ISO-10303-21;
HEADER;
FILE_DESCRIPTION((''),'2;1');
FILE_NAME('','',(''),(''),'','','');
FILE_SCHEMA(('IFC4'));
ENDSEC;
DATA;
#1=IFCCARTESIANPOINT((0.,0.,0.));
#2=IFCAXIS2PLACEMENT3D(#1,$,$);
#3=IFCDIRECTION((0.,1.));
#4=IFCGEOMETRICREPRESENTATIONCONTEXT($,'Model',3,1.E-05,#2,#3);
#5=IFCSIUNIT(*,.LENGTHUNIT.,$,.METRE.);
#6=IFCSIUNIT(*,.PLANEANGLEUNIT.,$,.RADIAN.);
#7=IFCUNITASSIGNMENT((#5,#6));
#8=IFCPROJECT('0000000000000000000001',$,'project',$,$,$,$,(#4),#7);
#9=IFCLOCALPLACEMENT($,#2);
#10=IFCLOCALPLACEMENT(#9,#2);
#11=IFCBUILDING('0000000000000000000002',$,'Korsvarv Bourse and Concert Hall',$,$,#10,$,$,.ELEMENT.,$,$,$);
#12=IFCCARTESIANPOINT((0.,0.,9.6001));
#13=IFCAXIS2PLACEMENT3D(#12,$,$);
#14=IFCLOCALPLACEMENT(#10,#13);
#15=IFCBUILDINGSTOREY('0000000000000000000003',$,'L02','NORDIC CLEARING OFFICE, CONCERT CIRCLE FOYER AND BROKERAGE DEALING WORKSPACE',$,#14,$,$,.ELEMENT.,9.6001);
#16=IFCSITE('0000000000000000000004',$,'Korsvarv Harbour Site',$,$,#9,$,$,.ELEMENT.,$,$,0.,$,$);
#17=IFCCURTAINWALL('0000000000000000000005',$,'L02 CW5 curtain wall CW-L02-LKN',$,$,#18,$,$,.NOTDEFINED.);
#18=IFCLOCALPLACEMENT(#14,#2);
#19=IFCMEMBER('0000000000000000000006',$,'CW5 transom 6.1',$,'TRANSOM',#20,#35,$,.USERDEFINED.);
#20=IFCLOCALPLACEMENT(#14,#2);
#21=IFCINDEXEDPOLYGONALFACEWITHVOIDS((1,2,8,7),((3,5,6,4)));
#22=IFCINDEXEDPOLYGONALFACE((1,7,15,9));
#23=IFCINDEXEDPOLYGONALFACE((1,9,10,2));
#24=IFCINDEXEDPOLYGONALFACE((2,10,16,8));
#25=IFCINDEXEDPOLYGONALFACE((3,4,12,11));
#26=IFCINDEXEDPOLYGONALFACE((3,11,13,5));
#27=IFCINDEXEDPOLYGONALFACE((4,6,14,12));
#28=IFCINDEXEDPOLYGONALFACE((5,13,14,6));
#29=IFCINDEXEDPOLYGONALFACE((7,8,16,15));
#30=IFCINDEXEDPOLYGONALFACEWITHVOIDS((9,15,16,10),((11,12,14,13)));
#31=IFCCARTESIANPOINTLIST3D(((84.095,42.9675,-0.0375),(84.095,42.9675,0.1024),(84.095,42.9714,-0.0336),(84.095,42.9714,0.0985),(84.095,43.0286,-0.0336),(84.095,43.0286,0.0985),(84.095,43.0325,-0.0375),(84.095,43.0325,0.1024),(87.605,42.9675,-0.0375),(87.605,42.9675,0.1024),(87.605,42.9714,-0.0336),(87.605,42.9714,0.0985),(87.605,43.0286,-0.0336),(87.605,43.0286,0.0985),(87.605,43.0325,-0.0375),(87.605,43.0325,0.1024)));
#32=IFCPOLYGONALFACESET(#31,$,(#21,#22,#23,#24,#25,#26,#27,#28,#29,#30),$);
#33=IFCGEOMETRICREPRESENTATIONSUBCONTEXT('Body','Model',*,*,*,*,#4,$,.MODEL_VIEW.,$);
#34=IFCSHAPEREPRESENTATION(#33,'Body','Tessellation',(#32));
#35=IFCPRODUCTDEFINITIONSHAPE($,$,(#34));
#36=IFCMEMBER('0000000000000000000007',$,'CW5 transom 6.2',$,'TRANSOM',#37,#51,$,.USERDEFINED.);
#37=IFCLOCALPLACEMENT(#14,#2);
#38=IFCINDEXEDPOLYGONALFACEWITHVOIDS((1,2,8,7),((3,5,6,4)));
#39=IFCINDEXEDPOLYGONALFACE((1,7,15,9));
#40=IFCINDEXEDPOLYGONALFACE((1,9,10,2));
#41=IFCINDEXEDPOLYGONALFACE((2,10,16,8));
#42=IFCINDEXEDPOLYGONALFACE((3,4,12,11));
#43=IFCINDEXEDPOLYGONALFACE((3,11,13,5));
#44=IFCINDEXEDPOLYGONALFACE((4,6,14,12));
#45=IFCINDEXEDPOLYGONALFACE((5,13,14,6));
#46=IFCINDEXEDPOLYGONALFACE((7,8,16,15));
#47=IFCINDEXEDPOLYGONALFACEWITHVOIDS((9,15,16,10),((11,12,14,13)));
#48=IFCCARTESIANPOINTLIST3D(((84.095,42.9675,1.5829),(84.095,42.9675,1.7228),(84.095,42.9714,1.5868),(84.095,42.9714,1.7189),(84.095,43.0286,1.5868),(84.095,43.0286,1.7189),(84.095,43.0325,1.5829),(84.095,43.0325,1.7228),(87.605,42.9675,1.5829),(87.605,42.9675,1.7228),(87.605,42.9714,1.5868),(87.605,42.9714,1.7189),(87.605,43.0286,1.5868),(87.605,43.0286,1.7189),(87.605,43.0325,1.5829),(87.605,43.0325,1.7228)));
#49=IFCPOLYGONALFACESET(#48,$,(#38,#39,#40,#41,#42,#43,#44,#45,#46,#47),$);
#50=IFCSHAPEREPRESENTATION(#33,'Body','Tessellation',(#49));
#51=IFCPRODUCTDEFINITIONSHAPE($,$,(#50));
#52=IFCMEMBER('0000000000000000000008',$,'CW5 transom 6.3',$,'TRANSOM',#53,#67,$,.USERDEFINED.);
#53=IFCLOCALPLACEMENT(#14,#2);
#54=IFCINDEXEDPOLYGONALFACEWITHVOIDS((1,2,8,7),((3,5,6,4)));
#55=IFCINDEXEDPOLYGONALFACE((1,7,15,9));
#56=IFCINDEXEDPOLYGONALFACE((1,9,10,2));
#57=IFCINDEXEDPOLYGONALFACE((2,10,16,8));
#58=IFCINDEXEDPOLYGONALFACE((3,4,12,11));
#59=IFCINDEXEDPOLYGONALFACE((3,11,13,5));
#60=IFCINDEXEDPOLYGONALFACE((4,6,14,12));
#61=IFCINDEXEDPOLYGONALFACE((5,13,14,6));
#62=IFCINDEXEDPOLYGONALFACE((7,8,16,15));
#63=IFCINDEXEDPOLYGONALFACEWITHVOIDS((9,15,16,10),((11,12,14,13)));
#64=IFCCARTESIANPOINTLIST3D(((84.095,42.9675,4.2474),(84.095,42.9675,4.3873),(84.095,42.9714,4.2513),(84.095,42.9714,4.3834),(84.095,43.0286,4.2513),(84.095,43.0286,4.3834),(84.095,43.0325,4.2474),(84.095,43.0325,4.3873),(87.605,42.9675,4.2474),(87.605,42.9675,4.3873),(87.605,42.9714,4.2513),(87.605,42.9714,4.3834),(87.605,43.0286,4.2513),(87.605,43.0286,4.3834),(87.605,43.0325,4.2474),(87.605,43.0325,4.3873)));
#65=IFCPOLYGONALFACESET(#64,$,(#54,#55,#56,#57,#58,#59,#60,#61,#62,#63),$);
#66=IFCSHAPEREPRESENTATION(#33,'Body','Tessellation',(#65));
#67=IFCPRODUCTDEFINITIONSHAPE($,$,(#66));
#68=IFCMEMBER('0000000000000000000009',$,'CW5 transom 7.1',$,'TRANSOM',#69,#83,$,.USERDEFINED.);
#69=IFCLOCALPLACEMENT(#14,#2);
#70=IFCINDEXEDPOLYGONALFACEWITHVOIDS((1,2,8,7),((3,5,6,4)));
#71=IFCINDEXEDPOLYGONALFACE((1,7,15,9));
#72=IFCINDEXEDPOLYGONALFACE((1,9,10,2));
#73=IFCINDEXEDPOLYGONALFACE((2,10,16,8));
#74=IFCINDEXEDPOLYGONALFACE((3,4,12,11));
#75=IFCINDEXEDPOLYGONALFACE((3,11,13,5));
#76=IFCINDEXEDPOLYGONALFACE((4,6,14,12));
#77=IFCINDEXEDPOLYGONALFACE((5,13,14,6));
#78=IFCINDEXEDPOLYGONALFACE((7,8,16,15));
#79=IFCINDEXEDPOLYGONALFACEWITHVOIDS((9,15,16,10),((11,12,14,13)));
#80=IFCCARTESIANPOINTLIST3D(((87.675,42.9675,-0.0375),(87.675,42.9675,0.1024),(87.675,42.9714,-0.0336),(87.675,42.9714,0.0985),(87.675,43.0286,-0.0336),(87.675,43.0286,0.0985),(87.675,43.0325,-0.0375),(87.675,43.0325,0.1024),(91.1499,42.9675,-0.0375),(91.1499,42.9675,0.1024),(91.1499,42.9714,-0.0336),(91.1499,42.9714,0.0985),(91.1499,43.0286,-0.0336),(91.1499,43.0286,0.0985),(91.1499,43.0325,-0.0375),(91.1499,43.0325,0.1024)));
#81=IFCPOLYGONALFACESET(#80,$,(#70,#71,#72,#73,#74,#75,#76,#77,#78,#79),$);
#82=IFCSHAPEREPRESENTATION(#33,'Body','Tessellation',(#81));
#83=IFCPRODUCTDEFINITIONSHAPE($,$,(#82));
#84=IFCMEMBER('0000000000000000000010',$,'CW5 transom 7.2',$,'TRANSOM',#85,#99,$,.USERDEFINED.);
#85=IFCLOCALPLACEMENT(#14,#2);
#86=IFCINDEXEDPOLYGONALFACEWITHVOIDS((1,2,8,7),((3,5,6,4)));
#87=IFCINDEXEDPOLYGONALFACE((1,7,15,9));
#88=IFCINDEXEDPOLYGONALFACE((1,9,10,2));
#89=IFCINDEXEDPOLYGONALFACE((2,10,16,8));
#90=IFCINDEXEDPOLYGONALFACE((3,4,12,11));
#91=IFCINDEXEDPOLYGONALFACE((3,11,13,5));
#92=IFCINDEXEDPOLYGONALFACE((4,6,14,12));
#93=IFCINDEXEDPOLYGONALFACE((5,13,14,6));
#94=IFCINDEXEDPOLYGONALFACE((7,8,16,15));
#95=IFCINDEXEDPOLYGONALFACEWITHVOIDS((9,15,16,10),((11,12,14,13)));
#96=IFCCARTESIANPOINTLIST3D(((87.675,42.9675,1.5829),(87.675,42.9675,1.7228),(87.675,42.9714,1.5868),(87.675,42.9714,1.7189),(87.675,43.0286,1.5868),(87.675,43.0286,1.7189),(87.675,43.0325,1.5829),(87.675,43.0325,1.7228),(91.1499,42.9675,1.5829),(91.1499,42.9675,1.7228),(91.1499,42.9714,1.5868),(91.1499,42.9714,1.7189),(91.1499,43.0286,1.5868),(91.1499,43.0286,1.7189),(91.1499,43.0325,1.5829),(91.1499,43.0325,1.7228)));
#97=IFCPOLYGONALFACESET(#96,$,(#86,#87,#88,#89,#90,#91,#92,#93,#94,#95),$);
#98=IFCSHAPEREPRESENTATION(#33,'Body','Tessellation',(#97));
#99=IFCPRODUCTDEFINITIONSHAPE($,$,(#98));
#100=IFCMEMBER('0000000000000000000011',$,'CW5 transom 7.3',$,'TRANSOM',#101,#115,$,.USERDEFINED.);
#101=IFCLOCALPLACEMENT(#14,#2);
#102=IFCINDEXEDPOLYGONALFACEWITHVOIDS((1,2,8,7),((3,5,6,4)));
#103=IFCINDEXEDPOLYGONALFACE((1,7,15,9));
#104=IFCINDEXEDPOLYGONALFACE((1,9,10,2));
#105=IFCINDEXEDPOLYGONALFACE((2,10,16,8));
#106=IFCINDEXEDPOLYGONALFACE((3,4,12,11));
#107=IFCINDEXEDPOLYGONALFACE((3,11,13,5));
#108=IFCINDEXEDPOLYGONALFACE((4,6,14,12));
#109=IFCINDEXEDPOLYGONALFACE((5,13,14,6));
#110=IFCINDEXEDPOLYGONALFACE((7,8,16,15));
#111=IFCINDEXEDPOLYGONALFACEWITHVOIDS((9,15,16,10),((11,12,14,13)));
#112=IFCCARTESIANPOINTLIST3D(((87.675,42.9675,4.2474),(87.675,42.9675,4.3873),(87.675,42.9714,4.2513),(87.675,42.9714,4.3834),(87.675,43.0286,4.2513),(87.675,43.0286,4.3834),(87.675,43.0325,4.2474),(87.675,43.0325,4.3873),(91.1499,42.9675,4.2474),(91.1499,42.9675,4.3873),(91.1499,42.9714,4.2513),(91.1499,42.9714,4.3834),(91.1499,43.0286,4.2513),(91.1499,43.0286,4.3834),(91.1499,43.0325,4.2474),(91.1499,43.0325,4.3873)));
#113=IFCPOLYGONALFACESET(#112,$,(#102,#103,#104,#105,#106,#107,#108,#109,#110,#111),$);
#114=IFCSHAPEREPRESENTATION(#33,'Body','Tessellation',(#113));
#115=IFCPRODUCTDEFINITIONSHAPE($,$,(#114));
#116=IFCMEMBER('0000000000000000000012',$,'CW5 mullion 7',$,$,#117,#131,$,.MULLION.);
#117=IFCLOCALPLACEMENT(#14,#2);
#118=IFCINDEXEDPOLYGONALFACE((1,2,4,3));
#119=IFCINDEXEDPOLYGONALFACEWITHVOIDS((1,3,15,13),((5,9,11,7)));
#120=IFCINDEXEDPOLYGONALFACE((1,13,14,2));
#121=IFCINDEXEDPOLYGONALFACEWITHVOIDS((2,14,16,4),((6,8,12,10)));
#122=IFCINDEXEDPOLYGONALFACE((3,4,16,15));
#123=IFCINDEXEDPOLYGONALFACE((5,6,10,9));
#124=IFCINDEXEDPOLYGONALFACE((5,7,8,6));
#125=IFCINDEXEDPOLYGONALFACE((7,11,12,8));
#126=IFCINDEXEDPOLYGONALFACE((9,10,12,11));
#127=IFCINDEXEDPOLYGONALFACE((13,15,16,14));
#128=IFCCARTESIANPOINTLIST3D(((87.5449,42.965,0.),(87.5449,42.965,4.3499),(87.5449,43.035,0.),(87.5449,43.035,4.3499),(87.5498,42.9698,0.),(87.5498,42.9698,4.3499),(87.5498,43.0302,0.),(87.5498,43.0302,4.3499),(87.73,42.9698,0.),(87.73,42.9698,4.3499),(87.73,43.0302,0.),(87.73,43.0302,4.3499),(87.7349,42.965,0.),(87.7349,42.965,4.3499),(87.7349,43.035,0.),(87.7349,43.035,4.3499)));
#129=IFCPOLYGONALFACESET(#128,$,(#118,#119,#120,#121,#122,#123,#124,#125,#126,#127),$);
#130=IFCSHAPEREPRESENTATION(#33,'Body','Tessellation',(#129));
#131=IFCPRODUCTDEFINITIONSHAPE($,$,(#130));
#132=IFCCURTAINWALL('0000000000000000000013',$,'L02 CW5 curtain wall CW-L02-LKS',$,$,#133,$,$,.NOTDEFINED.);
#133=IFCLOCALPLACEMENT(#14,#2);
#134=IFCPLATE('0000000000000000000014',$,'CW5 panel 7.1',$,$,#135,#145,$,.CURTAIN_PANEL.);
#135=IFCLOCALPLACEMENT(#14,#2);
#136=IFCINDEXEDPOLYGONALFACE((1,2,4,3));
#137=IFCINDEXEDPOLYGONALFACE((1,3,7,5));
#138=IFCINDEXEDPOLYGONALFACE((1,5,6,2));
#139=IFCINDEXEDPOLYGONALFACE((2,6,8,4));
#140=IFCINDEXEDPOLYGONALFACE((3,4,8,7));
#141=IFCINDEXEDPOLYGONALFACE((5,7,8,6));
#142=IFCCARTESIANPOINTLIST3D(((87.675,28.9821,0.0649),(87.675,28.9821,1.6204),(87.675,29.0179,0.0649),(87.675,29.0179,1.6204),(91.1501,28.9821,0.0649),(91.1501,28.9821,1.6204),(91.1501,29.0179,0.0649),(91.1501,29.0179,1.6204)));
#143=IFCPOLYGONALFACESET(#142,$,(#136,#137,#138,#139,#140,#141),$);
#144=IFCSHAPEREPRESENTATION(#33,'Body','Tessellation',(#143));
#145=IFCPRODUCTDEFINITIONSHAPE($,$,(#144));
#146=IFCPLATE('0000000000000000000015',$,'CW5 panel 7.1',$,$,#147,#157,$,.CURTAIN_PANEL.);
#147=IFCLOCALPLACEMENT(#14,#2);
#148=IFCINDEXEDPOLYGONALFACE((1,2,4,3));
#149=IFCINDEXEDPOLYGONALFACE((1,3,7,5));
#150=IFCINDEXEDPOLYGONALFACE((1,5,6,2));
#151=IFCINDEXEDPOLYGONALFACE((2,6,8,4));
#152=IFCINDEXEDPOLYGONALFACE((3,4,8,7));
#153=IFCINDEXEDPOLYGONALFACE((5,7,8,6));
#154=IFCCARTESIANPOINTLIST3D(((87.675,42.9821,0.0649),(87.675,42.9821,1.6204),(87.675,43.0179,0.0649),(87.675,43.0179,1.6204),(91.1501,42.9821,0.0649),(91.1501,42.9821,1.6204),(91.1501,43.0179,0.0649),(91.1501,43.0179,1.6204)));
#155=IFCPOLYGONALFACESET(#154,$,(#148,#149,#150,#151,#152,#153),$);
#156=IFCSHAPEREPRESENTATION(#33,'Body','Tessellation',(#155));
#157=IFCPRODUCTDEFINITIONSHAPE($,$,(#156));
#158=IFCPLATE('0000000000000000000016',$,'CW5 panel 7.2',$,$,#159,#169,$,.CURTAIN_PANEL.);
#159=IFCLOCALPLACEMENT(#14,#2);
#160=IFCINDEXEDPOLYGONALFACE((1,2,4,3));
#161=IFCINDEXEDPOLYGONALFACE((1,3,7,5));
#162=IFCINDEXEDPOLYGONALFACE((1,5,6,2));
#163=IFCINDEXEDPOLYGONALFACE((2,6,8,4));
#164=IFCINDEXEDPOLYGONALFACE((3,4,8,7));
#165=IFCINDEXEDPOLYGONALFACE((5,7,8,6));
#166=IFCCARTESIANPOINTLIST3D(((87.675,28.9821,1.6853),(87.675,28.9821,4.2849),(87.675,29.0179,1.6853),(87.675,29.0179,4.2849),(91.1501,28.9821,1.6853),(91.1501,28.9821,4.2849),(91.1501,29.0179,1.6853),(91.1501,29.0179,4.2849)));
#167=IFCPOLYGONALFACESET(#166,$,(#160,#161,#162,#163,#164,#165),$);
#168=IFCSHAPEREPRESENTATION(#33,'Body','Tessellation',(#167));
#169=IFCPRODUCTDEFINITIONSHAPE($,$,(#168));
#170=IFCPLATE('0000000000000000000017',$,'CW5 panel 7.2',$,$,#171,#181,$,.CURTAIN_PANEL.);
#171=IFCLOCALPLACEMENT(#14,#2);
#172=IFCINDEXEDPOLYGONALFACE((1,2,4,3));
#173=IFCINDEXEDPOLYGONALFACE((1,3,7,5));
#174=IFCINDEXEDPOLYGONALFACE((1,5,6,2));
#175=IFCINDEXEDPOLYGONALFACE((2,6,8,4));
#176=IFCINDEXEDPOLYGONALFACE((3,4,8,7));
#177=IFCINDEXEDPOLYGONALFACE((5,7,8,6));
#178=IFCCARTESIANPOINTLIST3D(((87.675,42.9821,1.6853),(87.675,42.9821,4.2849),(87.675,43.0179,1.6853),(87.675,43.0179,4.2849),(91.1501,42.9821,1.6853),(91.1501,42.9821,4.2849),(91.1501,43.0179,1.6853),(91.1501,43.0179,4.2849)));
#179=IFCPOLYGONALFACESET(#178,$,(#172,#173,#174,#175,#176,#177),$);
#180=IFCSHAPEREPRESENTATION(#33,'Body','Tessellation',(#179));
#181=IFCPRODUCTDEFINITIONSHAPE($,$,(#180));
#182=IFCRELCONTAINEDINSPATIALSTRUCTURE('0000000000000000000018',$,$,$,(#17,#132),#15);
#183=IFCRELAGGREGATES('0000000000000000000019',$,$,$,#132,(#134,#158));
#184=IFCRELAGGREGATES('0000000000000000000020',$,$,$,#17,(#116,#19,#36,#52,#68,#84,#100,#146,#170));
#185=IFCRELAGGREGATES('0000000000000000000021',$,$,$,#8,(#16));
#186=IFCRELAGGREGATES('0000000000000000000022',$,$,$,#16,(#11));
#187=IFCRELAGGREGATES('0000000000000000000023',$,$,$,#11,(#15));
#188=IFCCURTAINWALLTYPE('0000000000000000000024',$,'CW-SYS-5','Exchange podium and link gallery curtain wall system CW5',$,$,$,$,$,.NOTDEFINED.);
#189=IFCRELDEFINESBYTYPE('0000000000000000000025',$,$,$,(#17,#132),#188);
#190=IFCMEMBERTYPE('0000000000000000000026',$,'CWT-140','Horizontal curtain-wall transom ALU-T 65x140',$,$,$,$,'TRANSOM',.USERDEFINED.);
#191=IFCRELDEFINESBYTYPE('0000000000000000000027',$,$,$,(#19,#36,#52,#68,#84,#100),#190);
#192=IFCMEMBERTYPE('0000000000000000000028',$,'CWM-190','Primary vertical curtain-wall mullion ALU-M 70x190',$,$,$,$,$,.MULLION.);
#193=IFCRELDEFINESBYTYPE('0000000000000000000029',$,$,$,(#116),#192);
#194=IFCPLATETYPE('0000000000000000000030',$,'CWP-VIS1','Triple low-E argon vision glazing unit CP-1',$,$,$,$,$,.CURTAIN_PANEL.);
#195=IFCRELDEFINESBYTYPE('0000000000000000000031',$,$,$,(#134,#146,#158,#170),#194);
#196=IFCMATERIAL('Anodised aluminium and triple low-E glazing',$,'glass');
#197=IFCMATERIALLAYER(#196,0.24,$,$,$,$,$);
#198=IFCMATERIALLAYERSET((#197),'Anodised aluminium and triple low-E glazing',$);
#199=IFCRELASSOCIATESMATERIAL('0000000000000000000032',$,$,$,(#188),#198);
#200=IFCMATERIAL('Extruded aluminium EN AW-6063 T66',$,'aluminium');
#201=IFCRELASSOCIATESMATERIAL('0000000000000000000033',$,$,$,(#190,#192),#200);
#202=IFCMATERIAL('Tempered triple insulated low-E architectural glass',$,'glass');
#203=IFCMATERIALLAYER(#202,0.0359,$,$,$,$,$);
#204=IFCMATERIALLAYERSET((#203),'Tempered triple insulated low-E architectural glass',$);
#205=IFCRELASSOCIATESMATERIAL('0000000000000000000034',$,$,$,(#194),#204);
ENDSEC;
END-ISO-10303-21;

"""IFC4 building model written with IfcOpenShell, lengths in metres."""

from ifc_helpers import new_model, si_unit, direction, frame, origin, origin_2d, place, context, subcontext, project, spatial, rectangle, hollow_rectangle, extrude, source, transform, mapped, material, layer, layer_set, material_profile, profile_set, type_object, element, aggregate, save


model = new_model("IFC4")

# Units and contexts
model_context = context("Model", 3, precision=1e-05, world=origin(), true_north=direction((0.0, 1.0)))
body_context = subcontext(model_context, "Body", "Model", "MODEL_VIEW")
ifc_project = project(units=[si_unit("LENGTHUNIT", "METRE"), si_unit("PLANEANGLEUNIT", "RADIAN")], contexts=[model_context])

# Site, building, storey
site_placement = place(None, origin())
site = spatial("IfcSite", under=ifc_project, at=site_placement, Name="Korsvarv Harbour Site", CompositionType="ELEMENT", RefElevation=0.0)
building_placement = place(site_placement, origin())
building = spatial("IfcBuilding", under=site, at=building_placement, Name="Korsvarv Bourse and Concert Hall", CompositionType="ELEMENT")
storey_placement = place(building_placement, frame((0.0, 0.0, 9.6001)))
storey = spatial("IfcBuildingStorey", under=building, at=storey_placement, Name="L02", Description="NORDIC CLEARING OFFICE, CONCERT CIRCLE FOYER AND BROKERAGE DEALING WORKSPACE", CompositionType="ELEMENT", Elevation=9.6001)

# Curtain wall, members
ifc_material_1 = material(Name="Anodised aluminium and triple low-E glazing", Category="glass")
ifc_layer_1 = layer(ifc_material_1, 0.24)
ifc_layer_set_1 = layer_set([ifc_layer_1], Name="Anodised aluminium and triple low-E glazing")
curtain_wall_type = type_object("IfcCurtainWallType", Name="CW-SYS-5", Description="Exchange podium and link gallery curtain wall system CW5", PredefinedType="NOTDEFINED", material=ifc_layer_set_1)
curtain_wall_1_placement = place(storey_placement, origin())
curtain_wall_1 = element("IfcCurtainWall", 1, at=curtain_wall_1_placement, inside=storey, type_object=curtain_wall_type, Name="L02 CW5 curtain wall CW-L02-LKN", PredefinedType="NOTDEFINED")
ifc_material_2 = material(Name="Extruded aluminium EN AW-6063 T66", Category="aluminium")
ifc_material_profile_1 = material_profile(ifc_material_2, hollow_rectangle(XDim=0.0649, YDim=0.1399, WallThickness=0.0039, at=origin_2d()), Name="ALU-T 65x140")
ifc_profile_set_1 = profile_set([ifc_material_profile_1], Name="Extruded aluminium EN AW-6063 T66")
member_type_1 = type_object("IfcMemberType", Name="CWT-140", Description="Horizontal curtain-wall transom ALU-T 65x140", ElementType="TRANSOM", PredefinedType="USERDEFINED", material=ifc_profile_set_1)
shared_shape_1 = source(origin(), body_context, "Body", "SweptSolid", [
    extrude(hollow_rectangle(XDim=0.0649, YDim=0.1399, WallThickness=0.0039, at=origin_2d()), origin(), (0.0, 0.0, 1.0), 3.51),
])
member_1_placement = place(storey_placement, frame((84.095, 43.0, 0.0325), z_axis=(1.0, 0.0, 0.0), x_axis=(0.0, 1.0, 0.0)))
member_1 = element("IfcMember", 2, at=member_1_placement, type_object=member_type_1, Name="CW5 transom 6.1", ObjectType="TRANSOM", PredefinedType="USERDEFINED", context=body_context, shape_type="MappedRepresentation", body=[
    mapped(shared_shape_1, transform((0.0, 0.0, 0.0), scale=1.0)),
])
member_2_placement = place(storey_placement, frame((84.095, 43.0, 1.6528), z_axis=(1.0, 0.0, 0.0), x_axis=(0.0, 1.0, 0.0)))
member_2 = element("IfcMember", 3, at=member_2_placement, type_object=member_type_1, Name="CW5 transom 6.2", ObjectType="TRANSOM", PredefinedType="USERDEFINED", context=body_context, shape_type="MappedRepresentation", body=[
    mapped(shared_shape_1, transform((0.0, 0.0, 0.0), scale=1.0)),
])
member_3_placement = place(storey_placement, frame((84.095, 43.0, 4.3174), z_axis=(1.0, 0.0, 0.0), x_axis=(0.0, 1.0, 0.0)))
member_3 = element("IfcMember", 4, at=member_3_placement, type_object=member_type_1, Name="CW5 transom 6.3", ObjectType="TRANSOM", PredefinedType="USERDEFINED", context=body_context, shape_type="MappedRepresentation", body=[
    mapped(shared_shape_1, transform((0.0, 0.0, 0.0), scale=1.0)),
])
shared_shape_2 = source(origin(), body_context, "Body", "SweptSolid", [
    extrude(hollow_rectangle(XDim=0.0649, YDim=0.1399, WallThickness=0.0039, at=origin_2d()), origin(), (0.0, 0.0, 1.0), 3.4749),
])
member_4_placement = place(storey_placement, frame((87.675, 43.0, 0.0325), z_axis=(1.0, 0.0, 0.0), x_axis=(0.0, 1.0, 0.0)))
member_4 = element("IfcMember", 5, at=member_4_placement, type_object=member_type_1, Name="CW5 transom 7.1", ObjectType="TRANSOM", PredefinedType="USERDEFINED", context=body_context, shape_type="MappedRepresentation", body=[
    mapped(shared_shape_2, transform((0.0, 0.0, 0.0), scale=1.0)),
])
member_5_placement = place(storey_placement, frame((87.675, 43.0, 1.6528), z_axis=(1.0, 0.0, 0.0), x_axis=(0.0, 1.0, 0.0)))
member_5 = element("IfcMember", 6, at=member_5_placement, type_object=member_type_1, Name="CW5 transom 7.2", ObjectType="TRANSOM", PredefinedType="USERDEFINED", context=body_context, shape_type="MappedRepresentation", body=[
    mapped(shared_shape_2, transform((0.0, 0.0, 0.0), scale=1.0)),
])
member_6_placement = place(storey_placement, frame((87.675, 43.0, 4.3174), z_axis=(1.0, 0.0, 0.0), x_axis=(0.0, 1.0, 0.0)))
member_6 = element("IfcMember", 7, at=member_6_placement, type_object=member_type_1, Name="CW5 transom 7.3", ObjectType="TRANSOM", PredefinedType="USERDEFINED", context=body_context, shape_type="MappedRepresentation", body=[
    mapped(shared_shape_2, transform((0.0, 0.0, 0.0), scale=1.0)),
])
ifc_material_profile_2 = material_profile(ifc_material_2, hollow_rectangle(XDim=0.0701, YDim=0.1899, WallThickness=0.0049, at=origin_2d()), Name="ALU-M 70x190")
ifc_profile_set_2 = profile_set([ifc_material_profile_2], Name="Extruded aluminium EN AW-6063 T66")
member_type_2 = type_object("IfcMemberType", Name="CWM-190", Description="Primary vertical curtain-wall mullion ALU-M 70x190", PredefinedType="MULLION", material=ifc_profile_set_2)
shared_shape_3 = source(origin(), body_context, "Body", "SweptSolid", [
    extrude(hollow_rectangle(XDim=0.0701, YDim=0.1899, WallThickness=0.0049, at=origin_2d()), origin(), (0.0, 0.0, 1.0), 4.3499),
])
member_7_placement = place(storey_placement, frame((87.6399, 43.0, 0.0), z_axis=(0.0, 0.0, 1.0), x_axis=(0.0, 1.0, 0.0)))
member_7 = element("IfcMember", 8, at=member_7_placement, type_object=member_type_2, Name="CW5 mullion 7", PredefinedType="MULLION", context=body_context, shape_type="MappedRepresentation", body=[
    mapped(shared_shape_3, transform((0.0, 0.0, 0.0), scale=1.0)),
])

# Curtain wall, plate
curtain_wall_2_placement = place(storey_placement, origin())
curtain_wall_2 = element("IfcCurtainWall", 9, at=curtain_wall_2_placement, inside=storey, type_object=curtain_wall_type, Name="L02 CW5 curtain wall CW-L02-LKS", PredefinedType="NOTDEFINED")
ifc_material_3 = material(Name="Tempered triple insulated low-E architectural glass", Category="glass")
ifc_layer_2 = layer(ifc_material_3, 0.0359)
ifc_layer_set_2 = layer_set([ifc_layer_2], Name="Tempered triple insulated low-E architectural glass")
plate_type = type_object("IfcPlateType", Name="CWP-VIS1", Description="Triple low-E argon vision glazing unit CP-1", PredefinedType="CURTAIN_PANEL", material=ifc_layer_set_2)
shared_shape_4 = source(origin(), body_context, "Body", "SweptSolid", [
    extrude(rectangle(XDim=3.4751, YDim=0.0359, at=origin_2d()), origin(), (0.0, 0.0, 1.0), 1.5554),
])
plate_1_placement = place(storey_placement, frame((89.4126, 29.0, 0.0649), z_axis=(0.0, 0.0, 1.0), x_axis=(1.0, 0.0, 0.0)))
plate_1 = element("IfcPlate", 10, at=plate_1_placement, type_object=plate_type, Name="CW5 panel 7.1", PredefinedType="CURTAIN_PANEL", context=body_context, shape_type="MappedRepresentation", body=[
    mapped(shared_shape_4, transform((0.0, 0.0, 0.0), scale=1.0)),
])

# Plates
plate_2_placement = place(storey_placement, frame((89.4126, 43.0, 0.0649), z_axis=(0.0, 0.0, 1.0), x_axis=(1.0, 0.0, 0.0)))
plate_2 = element("IfcPlate", 11, at=plate_2_placement, type_object=plate_type, Name="CW5 panel 7.1", PredefinedType="CURTAIN_PANEL", context=body_context, shape_type="MappedRepresentation", body=[
    mapped(shared_shape_4, transform((0.0, 0.0, 0.0), scale=1.0)),
])
shared_shape_5 = source(origin(), body_context, "Body", "SweptSolid", [
    extrude(rectangle(XDim=3.4751, YDim=0.0359, at=origin_2d()), origin(), (0.0, 0.0, 1.0), 2.5996),
])
plate_3_placement = place(storey_placement, frame((89.4126, 29.0, 1.6853), z_axis=(0.0, 0.0, 1.0), x_axis=(1.0, 0.0, 0.0)))
plate_3 = element("IfcPlate", 12, at=plate_3_placement, type_object=plate_type, Name="CW5 panel 7.2", PredefinedType="CURTAIN_PANEL", context=body_context, shape_type="MappedRepresentation", body=[
    mapped(shared_shape_5, transform((0.0, 0.0, 0.0), scale=1.0)),
])
aggregate(curtain_wall_2, [plate_1, plate_3])
plate_4_placement = place(storey_placement, frame((89.4126, 43.0, 1.6853), z_axis=(0.0, 0.0, 1.0), x_axis=(1.0, 0.0, 0.0)))
plate_4 = element("IfcPlate", 13, at=plate_4_placement, type_object=plate_type, Name="CW5 panel 7.2", PredefinedType="CURTAIN_PANEL", context=body_context, shape_type="MappedRepresentation", body=[
    mapped(shared_shape_5, transform((0.0, 0.0, 0.0), scale=1.0)),
])
aggregate(curtain_wall_1, [member_7, member_1, member_2, member_3, member_4, member_5, member_6, plate_2, plate_4])

save(model, "model.ifc")
